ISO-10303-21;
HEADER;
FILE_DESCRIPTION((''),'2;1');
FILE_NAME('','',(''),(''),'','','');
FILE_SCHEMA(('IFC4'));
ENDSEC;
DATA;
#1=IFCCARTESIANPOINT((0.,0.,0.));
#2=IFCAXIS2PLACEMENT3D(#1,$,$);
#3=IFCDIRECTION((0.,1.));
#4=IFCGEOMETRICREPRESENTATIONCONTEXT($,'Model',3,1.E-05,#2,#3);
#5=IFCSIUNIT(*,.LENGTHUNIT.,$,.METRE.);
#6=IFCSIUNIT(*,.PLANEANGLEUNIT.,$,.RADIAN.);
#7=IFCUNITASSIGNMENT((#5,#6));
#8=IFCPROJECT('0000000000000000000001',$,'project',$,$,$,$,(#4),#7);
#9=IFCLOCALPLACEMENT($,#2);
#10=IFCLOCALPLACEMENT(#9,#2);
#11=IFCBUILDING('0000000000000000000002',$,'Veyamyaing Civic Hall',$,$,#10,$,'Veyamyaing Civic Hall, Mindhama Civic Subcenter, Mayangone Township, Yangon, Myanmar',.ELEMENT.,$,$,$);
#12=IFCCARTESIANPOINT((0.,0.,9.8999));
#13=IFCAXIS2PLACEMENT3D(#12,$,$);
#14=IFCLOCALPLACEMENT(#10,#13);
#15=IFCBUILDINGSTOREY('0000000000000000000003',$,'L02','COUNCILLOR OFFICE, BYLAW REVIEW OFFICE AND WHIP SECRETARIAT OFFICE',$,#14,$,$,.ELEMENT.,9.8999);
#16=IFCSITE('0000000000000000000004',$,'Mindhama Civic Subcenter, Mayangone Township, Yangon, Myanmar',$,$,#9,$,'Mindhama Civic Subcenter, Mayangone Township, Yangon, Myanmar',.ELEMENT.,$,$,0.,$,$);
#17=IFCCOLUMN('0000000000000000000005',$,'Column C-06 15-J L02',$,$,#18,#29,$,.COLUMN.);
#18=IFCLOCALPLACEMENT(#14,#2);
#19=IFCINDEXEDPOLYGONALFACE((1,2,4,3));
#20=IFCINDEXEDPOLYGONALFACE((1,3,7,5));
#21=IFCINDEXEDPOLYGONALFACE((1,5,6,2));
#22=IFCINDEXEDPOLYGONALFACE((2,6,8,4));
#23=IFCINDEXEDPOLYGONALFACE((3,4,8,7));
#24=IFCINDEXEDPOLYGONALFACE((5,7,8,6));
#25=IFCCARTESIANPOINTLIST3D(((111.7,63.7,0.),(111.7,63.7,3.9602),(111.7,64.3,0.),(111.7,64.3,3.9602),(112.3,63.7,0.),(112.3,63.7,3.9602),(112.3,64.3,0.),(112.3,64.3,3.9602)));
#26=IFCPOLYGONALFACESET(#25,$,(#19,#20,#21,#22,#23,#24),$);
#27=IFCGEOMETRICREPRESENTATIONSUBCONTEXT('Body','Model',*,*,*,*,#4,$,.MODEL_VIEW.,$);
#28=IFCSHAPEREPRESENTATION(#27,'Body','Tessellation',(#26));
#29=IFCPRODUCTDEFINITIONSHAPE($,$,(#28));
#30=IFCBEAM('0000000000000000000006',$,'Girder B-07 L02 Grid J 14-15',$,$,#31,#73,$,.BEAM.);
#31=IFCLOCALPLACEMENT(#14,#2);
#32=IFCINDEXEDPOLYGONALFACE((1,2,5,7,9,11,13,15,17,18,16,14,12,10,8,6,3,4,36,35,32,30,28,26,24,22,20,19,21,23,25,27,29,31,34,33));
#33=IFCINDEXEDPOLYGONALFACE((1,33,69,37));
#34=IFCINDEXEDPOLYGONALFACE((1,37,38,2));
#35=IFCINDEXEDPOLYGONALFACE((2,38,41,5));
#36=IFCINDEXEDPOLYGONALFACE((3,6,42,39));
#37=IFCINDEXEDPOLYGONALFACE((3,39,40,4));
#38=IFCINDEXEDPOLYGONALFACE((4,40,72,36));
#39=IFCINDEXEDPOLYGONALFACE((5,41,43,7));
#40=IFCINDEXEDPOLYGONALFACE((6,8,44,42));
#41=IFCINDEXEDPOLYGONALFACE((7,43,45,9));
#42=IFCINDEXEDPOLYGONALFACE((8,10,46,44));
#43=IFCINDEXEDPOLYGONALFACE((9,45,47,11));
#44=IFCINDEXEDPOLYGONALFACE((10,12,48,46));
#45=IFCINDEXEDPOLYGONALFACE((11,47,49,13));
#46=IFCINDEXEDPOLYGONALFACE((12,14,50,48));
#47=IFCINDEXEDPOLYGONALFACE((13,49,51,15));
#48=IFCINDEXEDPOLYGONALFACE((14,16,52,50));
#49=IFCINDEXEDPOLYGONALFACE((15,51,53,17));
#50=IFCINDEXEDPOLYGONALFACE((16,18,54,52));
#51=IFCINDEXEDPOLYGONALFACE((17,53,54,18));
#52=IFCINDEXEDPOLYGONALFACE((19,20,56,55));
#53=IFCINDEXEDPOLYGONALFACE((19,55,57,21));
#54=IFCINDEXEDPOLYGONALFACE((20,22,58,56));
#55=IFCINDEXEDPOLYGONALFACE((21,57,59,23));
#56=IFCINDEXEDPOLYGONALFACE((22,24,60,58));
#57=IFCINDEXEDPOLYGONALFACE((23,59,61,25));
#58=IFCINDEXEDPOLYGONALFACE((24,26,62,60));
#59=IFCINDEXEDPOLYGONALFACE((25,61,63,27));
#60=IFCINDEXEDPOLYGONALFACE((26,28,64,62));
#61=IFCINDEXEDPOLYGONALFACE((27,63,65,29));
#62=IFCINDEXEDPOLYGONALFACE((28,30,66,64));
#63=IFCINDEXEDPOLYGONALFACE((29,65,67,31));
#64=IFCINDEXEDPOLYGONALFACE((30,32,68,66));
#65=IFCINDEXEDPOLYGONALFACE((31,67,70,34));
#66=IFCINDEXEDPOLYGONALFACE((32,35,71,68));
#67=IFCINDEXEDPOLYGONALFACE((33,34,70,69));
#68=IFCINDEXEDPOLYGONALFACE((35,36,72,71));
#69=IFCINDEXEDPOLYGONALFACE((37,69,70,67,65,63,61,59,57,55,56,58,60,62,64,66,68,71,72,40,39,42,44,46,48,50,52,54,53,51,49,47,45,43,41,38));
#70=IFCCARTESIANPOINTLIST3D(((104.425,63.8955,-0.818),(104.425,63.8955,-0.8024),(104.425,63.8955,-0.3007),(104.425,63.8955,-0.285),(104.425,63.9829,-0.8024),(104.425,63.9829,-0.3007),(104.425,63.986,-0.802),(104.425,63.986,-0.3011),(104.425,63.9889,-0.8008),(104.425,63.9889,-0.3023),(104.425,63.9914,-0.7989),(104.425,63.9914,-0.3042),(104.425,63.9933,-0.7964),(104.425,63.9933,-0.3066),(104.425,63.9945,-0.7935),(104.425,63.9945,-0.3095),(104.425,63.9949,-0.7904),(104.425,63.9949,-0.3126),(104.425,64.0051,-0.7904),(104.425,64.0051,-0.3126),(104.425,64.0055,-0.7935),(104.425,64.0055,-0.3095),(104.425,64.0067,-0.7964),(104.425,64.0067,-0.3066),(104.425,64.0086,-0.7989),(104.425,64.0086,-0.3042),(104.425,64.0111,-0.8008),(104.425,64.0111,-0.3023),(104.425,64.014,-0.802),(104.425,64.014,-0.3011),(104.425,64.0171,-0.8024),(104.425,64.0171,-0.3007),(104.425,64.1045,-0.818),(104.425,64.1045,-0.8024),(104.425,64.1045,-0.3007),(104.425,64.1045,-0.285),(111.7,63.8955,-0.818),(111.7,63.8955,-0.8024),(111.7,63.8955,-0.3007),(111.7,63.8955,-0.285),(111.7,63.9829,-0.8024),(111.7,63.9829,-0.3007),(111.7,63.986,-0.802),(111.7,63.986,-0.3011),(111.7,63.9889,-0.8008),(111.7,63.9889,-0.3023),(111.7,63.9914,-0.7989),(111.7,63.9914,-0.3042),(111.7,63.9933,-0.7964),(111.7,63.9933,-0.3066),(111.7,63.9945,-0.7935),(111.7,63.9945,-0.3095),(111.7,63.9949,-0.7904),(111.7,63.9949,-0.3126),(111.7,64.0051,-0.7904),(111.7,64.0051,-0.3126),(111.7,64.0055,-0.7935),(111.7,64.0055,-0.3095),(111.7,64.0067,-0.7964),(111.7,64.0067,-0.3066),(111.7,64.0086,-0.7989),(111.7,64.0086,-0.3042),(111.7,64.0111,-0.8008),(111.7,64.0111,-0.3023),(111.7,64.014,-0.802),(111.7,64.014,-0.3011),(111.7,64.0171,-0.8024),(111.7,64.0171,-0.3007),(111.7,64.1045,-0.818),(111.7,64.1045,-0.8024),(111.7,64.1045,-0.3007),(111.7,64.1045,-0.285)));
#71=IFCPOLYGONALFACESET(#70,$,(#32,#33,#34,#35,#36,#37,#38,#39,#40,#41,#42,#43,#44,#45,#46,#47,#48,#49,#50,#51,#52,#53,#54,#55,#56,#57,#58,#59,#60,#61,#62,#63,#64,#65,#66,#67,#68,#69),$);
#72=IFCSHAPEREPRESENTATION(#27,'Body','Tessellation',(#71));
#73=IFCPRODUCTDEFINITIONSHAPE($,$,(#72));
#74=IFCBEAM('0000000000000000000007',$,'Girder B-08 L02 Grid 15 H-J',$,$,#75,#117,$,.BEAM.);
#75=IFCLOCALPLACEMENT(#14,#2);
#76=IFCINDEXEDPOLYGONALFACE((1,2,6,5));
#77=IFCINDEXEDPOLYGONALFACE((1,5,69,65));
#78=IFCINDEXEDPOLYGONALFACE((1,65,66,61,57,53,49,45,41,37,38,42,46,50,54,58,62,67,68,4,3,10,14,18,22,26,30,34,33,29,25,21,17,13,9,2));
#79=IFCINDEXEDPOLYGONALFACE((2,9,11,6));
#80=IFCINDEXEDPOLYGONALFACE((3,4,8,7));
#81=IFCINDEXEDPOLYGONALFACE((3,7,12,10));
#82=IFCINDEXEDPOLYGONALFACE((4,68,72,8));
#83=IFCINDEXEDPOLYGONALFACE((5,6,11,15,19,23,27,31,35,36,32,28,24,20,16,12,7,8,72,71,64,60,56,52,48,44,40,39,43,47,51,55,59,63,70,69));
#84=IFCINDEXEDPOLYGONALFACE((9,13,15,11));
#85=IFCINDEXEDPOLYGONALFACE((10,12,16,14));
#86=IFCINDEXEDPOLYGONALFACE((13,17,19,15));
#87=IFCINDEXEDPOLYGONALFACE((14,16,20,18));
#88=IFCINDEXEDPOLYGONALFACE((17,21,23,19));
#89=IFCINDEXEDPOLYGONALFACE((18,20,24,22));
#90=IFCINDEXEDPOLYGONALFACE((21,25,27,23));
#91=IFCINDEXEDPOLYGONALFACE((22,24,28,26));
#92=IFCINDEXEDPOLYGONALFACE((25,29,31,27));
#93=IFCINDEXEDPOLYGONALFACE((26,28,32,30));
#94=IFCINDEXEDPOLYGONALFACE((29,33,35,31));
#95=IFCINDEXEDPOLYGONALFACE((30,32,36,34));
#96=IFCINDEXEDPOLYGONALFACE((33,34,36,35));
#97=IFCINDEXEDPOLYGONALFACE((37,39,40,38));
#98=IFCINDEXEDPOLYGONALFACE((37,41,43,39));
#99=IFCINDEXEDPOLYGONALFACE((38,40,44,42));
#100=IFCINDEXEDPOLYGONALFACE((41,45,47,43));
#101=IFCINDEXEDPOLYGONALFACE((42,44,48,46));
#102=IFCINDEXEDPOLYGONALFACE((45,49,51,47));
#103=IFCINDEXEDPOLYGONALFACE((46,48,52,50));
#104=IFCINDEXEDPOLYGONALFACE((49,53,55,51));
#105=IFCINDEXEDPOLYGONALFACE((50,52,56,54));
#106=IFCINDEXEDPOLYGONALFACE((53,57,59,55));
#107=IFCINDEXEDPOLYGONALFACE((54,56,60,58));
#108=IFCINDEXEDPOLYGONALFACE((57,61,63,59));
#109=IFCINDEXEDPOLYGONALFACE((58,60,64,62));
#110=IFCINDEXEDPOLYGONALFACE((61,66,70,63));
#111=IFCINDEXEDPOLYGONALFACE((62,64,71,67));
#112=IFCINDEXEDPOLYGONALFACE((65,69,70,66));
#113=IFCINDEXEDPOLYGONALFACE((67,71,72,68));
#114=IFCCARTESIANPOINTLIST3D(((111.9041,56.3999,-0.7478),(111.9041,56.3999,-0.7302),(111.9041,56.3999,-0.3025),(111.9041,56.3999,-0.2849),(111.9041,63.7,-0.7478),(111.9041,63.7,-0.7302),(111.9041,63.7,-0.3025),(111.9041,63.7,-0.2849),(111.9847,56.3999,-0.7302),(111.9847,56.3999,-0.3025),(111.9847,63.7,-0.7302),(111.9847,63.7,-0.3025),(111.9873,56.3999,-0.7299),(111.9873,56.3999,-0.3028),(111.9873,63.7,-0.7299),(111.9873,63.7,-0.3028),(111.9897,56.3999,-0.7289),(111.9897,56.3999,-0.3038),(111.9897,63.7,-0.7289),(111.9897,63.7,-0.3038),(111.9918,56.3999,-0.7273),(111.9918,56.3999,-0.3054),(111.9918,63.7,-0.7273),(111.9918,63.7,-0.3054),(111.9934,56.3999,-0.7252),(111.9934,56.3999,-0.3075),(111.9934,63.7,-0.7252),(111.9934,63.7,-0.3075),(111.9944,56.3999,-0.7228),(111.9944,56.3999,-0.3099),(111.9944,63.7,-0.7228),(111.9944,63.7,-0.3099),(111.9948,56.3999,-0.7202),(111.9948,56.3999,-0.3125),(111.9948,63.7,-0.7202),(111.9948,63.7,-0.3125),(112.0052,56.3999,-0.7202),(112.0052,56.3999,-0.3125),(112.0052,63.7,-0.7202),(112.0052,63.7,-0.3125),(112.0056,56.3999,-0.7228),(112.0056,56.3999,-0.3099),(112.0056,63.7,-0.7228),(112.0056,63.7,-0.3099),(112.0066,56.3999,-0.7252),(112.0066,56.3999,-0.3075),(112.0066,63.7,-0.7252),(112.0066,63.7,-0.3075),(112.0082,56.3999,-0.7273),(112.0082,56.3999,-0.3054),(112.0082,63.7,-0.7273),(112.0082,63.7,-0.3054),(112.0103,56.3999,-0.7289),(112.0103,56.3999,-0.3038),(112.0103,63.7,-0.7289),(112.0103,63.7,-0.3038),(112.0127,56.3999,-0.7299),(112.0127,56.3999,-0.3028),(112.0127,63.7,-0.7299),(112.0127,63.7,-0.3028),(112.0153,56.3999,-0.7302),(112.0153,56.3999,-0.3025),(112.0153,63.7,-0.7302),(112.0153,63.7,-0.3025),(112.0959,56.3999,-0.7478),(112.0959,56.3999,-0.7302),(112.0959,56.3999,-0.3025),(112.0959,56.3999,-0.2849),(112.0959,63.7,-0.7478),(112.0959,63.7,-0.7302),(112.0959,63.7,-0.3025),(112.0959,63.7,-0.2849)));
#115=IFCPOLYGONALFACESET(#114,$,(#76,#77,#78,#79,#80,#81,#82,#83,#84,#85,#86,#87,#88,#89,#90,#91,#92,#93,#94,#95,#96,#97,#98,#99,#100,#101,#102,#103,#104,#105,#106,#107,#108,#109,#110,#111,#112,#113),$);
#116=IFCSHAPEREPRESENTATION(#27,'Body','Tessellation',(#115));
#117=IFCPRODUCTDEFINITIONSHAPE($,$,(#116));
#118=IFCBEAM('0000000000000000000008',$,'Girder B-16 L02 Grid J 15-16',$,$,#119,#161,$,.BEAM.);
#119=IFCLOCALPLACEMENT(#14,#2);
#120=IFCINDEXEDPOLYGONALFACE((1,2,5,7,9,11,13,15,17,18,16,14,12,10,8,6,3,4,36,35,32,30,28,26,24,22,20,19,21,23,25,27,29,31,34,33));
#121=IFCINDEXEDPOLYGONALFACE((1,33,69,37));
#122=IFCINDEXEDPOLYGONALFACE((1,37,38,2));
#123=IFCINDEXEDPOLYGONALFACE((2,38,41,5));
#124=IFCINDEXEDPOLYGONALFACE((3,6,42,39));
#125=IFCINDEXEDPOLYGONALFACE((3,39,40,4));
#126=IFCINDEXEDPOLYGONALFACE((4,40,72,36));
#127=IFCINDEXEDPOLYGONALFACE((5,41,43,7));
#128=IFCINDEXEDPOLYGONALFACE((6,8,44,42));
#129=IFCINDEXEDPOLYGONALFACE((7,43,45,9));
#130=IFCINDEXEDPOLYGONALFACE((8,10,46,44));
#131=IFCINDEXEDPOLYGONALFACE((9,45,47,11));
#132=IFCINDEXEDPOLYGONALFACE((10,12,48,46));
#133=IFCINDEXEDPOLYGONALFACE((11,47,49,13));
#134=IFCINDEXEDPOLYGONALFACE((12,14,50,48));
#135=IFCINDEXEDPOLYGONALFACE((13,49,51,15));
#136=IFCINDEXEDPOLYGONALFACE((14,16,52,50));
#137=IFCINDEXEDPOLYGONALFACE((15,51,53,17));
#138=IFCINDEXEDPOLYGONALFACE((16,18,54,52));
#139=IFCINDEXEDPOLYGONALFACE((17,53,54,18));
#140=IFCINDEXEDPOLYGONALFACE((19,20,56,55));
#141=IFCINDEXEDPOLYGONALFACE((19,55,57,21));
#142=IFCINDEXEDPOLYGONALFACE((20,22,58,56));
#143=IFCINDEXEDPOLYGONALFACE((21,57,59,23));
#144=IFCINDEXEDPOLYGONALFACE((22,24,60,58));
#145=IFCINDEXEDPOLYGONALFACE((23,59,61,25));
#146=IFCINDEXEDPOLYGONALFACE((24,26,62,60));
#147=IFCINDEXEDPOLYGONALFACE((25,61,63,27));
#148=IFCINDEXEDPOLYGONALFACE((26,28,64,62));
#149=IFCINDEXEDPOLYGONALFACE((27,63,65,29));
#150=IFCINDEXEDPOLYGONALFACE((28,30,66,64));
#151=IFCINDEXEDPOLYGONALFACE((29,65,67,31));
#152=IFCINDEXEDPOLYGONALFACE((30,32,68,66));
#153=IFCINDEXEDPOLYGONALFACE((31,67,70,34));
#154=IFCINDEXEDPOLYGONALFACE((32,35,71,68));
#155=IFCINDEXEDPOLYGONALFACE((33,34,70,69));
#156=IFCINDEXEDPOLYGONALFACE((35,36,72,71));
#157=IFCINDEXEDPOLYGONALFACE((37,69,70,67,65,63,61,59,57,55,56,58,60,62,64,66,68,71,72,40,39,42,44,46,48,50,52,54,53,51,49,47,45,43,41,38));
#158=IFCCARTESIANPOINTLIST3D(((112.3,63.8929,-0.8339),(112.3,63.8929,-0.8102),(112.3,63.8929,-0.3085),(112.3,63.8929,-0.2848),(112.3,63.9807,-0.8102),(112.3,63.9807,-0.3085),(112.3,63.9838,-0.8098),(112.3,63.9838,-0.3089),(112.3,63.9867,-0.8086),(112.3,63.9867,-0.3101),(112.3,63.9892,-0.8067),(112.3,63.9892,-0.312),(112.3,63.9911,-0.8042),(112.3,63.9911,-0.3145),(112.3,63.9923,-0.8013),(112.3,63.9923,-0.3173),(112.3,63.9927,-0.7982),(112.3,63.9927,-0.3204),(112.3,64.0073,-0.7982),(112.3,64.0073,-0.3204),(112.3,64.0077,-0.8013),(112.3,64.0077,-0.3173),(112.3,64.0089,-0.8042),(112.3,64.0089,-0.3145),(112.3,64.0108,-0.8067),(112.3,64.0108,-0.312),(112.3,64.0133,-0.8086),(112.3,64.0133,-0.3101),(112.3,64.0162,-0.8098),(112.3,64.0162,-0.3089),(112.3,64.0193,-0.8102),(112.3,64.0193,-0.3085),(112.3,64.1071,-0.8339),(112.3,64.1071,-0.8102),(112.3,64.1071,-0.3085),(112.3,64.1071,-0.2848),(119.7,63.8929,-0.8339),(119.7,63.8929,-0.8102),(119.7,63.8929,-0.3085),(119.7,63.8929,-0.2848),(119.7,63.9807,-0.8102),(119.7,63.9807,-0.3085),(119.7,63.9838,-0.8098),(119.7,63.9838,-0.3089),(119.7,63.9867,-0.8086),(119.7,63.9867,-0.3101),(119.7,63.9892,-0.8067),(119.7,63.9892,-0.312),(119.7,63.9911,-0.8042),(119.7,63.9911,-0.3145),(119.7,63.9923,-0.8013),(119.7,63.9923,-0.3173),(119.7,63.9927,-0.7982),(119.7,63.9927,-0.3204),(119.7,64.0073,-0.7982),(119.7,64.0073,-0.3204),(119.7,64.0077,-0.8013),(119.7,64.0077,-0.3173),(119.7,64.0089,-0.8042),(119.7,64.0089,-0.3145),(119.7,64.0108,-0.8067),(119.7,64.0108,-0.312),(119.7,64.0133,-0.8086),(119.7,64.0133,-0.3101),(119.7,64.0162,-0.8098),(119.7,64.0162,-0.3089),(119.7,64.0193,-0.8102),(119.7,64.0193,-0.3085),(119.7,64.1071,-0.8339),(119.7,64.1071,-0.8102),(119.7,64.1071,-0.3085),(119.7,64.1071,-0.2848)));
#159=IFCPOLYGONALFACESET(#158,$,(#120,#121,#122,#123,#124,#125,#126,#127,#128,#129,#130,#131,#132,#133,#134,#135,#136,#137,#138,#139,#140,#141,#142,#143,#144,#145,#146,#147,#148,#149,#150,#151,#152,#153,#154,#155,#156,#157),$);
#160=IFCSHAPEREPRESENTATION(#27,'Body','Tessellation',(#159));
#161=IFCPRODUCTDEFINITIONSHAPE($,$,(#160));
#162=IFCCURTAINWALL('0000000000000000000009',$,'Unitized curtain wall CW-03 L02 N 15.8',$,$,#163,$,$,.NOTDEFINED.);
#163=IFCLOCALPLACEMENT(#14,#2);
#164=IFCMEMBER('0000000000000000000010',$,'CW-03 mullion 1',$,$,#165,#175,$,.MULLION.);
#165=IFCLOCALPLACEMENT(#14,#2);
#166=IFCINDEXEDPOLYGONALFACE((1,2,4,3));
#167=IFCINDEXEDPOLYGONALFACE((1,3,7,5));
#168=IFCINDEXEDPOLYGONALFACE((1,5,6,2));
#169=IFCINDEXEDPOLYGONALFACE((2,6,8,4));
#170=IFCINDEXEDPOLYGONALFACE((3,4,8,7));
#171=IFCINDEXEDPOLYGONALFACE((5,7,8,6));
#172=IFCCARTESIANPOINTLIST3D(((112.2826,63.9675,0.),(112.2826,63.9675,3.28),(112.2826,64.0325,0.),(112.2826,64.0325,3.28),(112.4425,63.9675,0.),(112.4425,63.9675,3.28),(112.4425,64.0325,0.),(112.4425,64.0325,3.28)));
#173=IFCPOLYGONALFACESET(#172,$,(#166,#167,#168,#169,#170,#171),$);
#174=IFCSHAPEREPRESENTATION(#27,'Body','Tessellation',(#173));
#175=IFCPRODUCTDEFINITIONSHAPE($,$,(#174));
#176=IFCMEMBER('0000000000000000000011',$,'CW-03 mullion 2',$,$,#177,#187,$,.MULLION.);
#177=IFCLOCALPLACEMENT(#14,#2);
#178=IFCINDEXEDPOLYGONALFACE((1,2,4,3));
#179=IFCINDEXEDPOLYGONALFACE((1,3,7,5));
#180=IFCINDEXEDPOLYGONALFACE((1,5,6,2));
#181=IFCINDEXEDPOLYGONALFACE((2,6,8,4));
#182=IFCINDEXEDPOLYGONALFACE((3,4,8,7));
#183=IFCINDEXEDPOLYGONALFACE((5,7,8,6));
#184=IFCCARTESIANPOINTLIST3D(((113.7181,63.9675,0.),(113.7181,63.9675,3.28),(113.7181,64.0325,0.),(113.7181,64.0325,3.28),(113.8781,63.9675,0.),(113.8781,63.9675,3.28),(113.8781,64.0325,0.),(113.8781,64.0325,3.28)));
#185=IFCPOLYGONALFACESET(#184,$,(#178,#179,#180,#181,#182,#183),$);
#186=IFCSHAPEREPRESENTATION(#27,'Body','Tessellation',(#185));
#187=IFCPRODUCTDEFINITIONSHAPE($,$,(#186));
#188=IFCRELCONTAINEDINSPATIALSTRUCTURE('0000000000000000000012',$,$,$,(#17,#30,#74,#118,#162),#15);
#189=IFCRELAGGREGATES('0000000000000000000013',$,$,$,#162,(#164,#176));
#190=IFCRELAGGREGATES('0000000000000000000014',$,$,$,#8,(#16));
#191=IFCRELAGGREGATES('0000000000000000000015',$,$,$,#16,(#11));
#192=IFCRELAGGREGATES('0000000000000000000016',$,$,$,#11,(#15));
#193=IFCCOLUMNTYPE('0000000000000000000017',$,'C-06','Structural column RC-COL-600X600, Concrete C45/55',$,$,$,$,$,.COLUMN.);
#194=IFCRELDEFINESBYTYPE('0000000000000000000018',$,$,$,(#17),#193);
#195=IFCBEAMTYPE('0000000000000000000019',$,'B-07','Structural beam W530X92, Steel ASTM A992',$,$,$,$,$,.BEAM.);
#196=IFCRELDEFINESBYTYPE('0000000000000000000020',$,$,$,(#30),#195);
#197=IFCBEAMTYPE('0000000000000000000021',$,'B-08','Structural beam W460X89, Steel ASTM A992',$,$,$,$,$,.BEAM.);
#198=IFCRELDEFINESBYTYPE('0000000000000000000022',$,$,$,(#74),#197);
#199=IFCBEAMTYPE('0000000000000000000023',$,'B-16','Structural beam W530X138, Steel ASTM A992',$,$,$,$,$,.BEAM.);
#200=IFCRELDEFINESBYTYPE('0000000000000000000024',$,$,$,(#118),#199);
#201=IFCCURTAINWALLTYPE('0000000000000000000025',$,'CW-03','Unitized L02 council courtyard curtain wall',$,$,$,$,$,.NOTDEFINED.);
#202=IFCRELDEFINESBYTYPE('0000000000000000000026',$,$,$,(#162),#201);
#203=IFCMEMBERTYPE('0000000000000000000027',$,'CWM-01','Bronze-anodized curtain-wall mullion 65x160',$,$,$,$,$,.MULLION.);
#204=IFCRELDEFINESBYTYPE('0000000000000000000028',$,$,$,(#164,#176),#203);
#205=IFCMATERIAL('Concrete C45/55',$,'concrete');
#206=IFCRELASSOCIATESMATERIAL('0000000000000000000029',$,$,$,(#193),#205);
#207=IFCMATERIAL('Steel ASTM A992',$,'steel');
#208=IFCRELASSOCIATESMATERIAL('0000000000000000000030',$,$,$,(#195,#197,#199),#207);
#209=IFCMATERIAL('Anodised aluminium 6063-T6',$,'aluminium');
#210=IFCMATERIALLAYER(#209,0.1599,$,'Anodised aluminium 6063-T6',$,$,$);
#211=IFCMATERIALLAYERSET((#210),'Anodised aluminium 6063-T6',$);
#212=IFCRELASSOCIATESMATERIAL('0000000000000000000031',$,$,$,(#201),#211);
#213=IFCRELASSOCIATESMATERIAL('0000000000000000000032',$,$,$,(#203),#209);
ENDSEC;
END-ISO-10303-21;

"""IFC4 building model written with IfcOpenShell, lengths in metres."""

from ifc_helpers import new_model, si_unit, direction, frame, origin, origin_2d, place, context, subcontext, project, spatial, rectangle, i_section, extrude, material, layer, layer_set, material_profile, profile_set, type_object, element, aggregate, save


model = new_model("IFC4")

# Units and contexts
model_context = context("Model", 3, precision=1e-05, world=origin(), true_north=direction((0.0, 1.0)))
body_context = subcontext(model_context, "Body", "Model", "MODEL_VIEW")
ifc_project = project(units=[si_unit("LENGTHUNIT", "METRE"), si_unit("PLANEANGLEUNIT", "RADIAN")], contexts=[model_context])

# Site, building, storey
site_placement = place(None, origin())
site = spatial("IfcSite", under=ifc_project, at=site_placement, Name="Mindhama Civic Subcenter, Mayangone Township, Yangon, Myanmar", LongName="Mindhama Civic Subcenter, Mayangone Township, Yangon, Myanmar", CompositionType="ELEMENT", RefElevation=0.0)
building_placement = place(site_placement, origin())
building = spatial("IfcBuilding", under=site, at=building_placement, Name="Veyamyaing Civic Hall", LongName="Veyamyaing Civic Hall, Mindhama Civic Subcenter, Mayangone Township, Yangon, Myanmar", CompositionType="ELEMENT")
storey_placement = place(building_placement, frame((0.0, 0.0, 9.8999)))
storey = spatial("IfcBuildingStorey", under=building, at=storey_placement, Name="L02", Description="COUNCILLOR OFFICE, BYLAW REVIEW OFFICE AND WHIP SECRETARIAT OFFICE", CompositionType="ELEMENT", Elevation=9.8999)

# Column
ifc_material_1 = material(Name="Concrete C45/55", Category="concrete")
ifc_material_profile_1 = material_profile(ifc_material_1, rectangle(XDim=0.6001, YDim=0.6001, at=origin_2d()), Name="RC-COL-600X600")
ifc_profile_set_1 = profile_set([ifc_material_profile_1], Name="Concrete C45/55")
column_type = type_object("IfcColumnType", Name="C-06", Description="Structural column RC-COL-600X600, Concrete C45/55", PredefinedType="COLUMN", material=ifc_profile_set_1)
column_placement = place(storey_placement, frame((112.0, 64.0, 0.0), z_axis=(0.0, 0.0, 1.0), x_axis=(1.0, 0.0, 0.0)))
element("IfcColumn", 1, at=column_placement, inside=storey, type_object=column_type, Name="Column C-06 15-J L02", PredefinedType="COLUMN", context=body_context, shape_type="SweptSolid", body=[
    extrude(rectangle(XDim=0.6001, YDim=0.6001, at=origin_2d()), origin(), (0.0, 0.0, 1.0), 3.9602),
])

# Beams
ifc_material_2 = material(Name="Steel ASTM A992", Category="steel")
ifc_material_profile_2 = material_profile(ifc_material_2, i_section(OverallWidth=0.209, OverallDepth=0.533, WebThickness=0.0103, FlangeThickness=0.0156, FilletRadius=0.012, at=origin_2d()), Name="W530X92")
ifc_profile_set_2 = profile_set([ifc_material_profile_2], Name="Steel ASTM A992")
beam_type_1 = type_object("IfcBeamType", Name="B-07", Description="Structural beam W530X92, Steel ASTM A992", PredefinedType="BEAM", material=ifc_profile_set_2)
beam_1_placement = place(storey_placement, frame((104.425, 64.0, -0.5515), z_axis=(1.0, 0.0, 0.0), x_axis=(0.0, 1.0, 0.0)))
element("IfcBeam", 2, at=beam_1_placement, inside=storey, type_object=beam_type_1, Name="Girder B-07 L02 Grid J 14-15", PredefinedType="BEAM", context=body_context, shape_type="SweptSolid", body=[
    extrude(i_section(OverallWidth=0.209, OverallDepth=0.533, WebThickness=0.0103, FlangeThickness=0.0156, FilletRadius=0.012, at=origin_2d()), origin(), (0.0, 0.0, 1.0), 7.2749),
])
ifc_material_profile_3 = material_profile(ifc_material_2, i_section(OverallWidth=0.1919, OverallDepth=0.4629, WebThickness=0.0105, FlangeThickness=0.0176, FilletRadius=0.01, at=origin_2d()), Name="W460X89")
ifc_profile_set_3 = profile_set([ifc_material_profile_3], Name="Steel ASTM A992")
beam_type_2 = type_object("IfcBeamType", Name="B-08", Description="Structural beam W460X89, Steel ASTM A992", PredefinedType="BEAM", material=ifc_profile_set_3)
beam_2_placement = place(storey_placement, frame((112.0, 56.3999, -0.5164), z_axis=(0.0, 1.0, 0.0), x_axis=(-1.0, 0.0, 0.0)))
element("IfcBeam", 3, at=beam_2_placement, inside=storey, type_object=beam_type_2, Name="Girder B-08 L02 Grid 15 H-J", PredefinedType="BEAM", context=body_context, shape_type="SweptSolid", body=[
    extrude(i_section(OverallWidth=0.1919, OverallDepth=0.4629, WebThickness=0.0105, FlangeThickness=0.0176, FilletRadius=0.01, at=origin_2d()), origin(), (0.0, 0.0, 1.0), 7.3),
])
ifc_material_profile_4 = material_profile(ifc_material_2, i_section(OverallWidth=0.2141, OverallDepth=0.5491, WebThickness=0.0146, FlangeThickness=0.0237, FilletRadius=0.012, at=origin_2d()), Name="W530X138")
ifc_profile_set_4 = profile_set([ifc_material_profile_4], Name="Steel ASTM A992")
beam_type_3 = type_object("IfcBeamType", Name="B-16", Description="Structural beam W530X138, Steel ASTM A992", PredefinedType="BEAM", material=ifc_profile_set_4)
beam_3_placement = place(storey_placement, frame((112.3, 64.0, -0.5593), z_axis=(1.0, 0.0, 0.0), x_axis=(0.0, 1.0, 0.0)))
element("IfcBeam", 4, at=beam_3_placement, inside=storey, type_object=beam_type_3, Name="Girder B-16 L02 Grid J 15-16", PredefinedType="BEAM", context=body_context, shape_type="SweptSolid", body=[
    extrude(i_section(OverallWidth=0.2141, OverallDepth=0.5491, WebThickness=0.0146, FlangeThickness=0.0237, FilletRadius=0.012, at=origin_2d()), origin(), (0.0, 0.0, 1.0), 7.3999),
])

# Curtain wall, members
ifc_material_3 = material(Name="Anodised aluminium 6063-T6", Category="aluminium")
ifc_layer_1 = layer(ifc_material_3, 0.1599, Name="Anodised aluminium 6063-T6")
ifc_layer_set_1 = layer_set([ifc_layer_1], Name="Anodised aluminium 6063-T6")
curtain_wall_type = type_object("IfcCurtainWallType", Name="CW-03", Description="Unitized L02 council courtyard curtain wall", PredefinedType="NOTDEFINED", material=ifc_layer_set_1)
curtain_wall_placement = place(storey_placement, origin())
curtain_wall = element("IfcCurtainWall", 5, at=curtain_wall_placement, inside=storey, type_object=curtain_wall_type, Name="Unitized curtain wall CW-03 L02 N 15.8", PredefinedType="NOTDEFINED")
ifc_material_profile_5 = material_profile(ifc_material_3, rectangle(XDim=0.0649, YDim=0.1599, at=origin_2d()), Name="ALU-MUL-65X160")
ifc_profile_set_5 = profile_set([ifc_material_profile_5], Name="Anodised aluminium 6063-T6")
member_type_1 = type_object("IfcMemberType", Name="CWM-01", Description="Bronze-anodized curtain-wall mullion 65x160", PredefinedType="MULLION", material=ifc_profile_set_5)
member_1_placement = place(storey_placement, frame((112.3625, 64.0, 0.0), z_axis=(0.0, 0.0, 1.0), x_axis=(0.0, 1.0, 0.0)))
member_1 = element("IfcMember", 6, at=member_1_placement, type_object=member_type_1, Name="CW-03 mullion 1", PredefinedType="MULLION", context=body_context, shape_type="SweptSolid", body=[
    extrude(rectangle(XDim=0.0649, YDim=0.1599, at=origin_2d()), origin(), (0.0, 0.0, 1.0), 3.28),
])
member_2_placement = place(storey_placement, frame((113.7981, 64.0, 0.0), z_axis=(0.0, 0.0, 1.0), x_axis=(0.0, 1.0, 0.0)))
member_2 = element("IfcMember", 7, at=member_2_placement, type_object=member_type_1, Name="CW-03 mullion 2", PredefinedType="MULLION", context=body_context, shape_type="SweptSolid", body=[
    extrude(rectangle(XDim=0.0649, YDim=0.1599, at=origin_2d()), origin(), (0.0, 0.0, 1.0), 3.28),
])

aggregate(curtain_wall, [member_1, member_2])

save(model, "model.ifc")
